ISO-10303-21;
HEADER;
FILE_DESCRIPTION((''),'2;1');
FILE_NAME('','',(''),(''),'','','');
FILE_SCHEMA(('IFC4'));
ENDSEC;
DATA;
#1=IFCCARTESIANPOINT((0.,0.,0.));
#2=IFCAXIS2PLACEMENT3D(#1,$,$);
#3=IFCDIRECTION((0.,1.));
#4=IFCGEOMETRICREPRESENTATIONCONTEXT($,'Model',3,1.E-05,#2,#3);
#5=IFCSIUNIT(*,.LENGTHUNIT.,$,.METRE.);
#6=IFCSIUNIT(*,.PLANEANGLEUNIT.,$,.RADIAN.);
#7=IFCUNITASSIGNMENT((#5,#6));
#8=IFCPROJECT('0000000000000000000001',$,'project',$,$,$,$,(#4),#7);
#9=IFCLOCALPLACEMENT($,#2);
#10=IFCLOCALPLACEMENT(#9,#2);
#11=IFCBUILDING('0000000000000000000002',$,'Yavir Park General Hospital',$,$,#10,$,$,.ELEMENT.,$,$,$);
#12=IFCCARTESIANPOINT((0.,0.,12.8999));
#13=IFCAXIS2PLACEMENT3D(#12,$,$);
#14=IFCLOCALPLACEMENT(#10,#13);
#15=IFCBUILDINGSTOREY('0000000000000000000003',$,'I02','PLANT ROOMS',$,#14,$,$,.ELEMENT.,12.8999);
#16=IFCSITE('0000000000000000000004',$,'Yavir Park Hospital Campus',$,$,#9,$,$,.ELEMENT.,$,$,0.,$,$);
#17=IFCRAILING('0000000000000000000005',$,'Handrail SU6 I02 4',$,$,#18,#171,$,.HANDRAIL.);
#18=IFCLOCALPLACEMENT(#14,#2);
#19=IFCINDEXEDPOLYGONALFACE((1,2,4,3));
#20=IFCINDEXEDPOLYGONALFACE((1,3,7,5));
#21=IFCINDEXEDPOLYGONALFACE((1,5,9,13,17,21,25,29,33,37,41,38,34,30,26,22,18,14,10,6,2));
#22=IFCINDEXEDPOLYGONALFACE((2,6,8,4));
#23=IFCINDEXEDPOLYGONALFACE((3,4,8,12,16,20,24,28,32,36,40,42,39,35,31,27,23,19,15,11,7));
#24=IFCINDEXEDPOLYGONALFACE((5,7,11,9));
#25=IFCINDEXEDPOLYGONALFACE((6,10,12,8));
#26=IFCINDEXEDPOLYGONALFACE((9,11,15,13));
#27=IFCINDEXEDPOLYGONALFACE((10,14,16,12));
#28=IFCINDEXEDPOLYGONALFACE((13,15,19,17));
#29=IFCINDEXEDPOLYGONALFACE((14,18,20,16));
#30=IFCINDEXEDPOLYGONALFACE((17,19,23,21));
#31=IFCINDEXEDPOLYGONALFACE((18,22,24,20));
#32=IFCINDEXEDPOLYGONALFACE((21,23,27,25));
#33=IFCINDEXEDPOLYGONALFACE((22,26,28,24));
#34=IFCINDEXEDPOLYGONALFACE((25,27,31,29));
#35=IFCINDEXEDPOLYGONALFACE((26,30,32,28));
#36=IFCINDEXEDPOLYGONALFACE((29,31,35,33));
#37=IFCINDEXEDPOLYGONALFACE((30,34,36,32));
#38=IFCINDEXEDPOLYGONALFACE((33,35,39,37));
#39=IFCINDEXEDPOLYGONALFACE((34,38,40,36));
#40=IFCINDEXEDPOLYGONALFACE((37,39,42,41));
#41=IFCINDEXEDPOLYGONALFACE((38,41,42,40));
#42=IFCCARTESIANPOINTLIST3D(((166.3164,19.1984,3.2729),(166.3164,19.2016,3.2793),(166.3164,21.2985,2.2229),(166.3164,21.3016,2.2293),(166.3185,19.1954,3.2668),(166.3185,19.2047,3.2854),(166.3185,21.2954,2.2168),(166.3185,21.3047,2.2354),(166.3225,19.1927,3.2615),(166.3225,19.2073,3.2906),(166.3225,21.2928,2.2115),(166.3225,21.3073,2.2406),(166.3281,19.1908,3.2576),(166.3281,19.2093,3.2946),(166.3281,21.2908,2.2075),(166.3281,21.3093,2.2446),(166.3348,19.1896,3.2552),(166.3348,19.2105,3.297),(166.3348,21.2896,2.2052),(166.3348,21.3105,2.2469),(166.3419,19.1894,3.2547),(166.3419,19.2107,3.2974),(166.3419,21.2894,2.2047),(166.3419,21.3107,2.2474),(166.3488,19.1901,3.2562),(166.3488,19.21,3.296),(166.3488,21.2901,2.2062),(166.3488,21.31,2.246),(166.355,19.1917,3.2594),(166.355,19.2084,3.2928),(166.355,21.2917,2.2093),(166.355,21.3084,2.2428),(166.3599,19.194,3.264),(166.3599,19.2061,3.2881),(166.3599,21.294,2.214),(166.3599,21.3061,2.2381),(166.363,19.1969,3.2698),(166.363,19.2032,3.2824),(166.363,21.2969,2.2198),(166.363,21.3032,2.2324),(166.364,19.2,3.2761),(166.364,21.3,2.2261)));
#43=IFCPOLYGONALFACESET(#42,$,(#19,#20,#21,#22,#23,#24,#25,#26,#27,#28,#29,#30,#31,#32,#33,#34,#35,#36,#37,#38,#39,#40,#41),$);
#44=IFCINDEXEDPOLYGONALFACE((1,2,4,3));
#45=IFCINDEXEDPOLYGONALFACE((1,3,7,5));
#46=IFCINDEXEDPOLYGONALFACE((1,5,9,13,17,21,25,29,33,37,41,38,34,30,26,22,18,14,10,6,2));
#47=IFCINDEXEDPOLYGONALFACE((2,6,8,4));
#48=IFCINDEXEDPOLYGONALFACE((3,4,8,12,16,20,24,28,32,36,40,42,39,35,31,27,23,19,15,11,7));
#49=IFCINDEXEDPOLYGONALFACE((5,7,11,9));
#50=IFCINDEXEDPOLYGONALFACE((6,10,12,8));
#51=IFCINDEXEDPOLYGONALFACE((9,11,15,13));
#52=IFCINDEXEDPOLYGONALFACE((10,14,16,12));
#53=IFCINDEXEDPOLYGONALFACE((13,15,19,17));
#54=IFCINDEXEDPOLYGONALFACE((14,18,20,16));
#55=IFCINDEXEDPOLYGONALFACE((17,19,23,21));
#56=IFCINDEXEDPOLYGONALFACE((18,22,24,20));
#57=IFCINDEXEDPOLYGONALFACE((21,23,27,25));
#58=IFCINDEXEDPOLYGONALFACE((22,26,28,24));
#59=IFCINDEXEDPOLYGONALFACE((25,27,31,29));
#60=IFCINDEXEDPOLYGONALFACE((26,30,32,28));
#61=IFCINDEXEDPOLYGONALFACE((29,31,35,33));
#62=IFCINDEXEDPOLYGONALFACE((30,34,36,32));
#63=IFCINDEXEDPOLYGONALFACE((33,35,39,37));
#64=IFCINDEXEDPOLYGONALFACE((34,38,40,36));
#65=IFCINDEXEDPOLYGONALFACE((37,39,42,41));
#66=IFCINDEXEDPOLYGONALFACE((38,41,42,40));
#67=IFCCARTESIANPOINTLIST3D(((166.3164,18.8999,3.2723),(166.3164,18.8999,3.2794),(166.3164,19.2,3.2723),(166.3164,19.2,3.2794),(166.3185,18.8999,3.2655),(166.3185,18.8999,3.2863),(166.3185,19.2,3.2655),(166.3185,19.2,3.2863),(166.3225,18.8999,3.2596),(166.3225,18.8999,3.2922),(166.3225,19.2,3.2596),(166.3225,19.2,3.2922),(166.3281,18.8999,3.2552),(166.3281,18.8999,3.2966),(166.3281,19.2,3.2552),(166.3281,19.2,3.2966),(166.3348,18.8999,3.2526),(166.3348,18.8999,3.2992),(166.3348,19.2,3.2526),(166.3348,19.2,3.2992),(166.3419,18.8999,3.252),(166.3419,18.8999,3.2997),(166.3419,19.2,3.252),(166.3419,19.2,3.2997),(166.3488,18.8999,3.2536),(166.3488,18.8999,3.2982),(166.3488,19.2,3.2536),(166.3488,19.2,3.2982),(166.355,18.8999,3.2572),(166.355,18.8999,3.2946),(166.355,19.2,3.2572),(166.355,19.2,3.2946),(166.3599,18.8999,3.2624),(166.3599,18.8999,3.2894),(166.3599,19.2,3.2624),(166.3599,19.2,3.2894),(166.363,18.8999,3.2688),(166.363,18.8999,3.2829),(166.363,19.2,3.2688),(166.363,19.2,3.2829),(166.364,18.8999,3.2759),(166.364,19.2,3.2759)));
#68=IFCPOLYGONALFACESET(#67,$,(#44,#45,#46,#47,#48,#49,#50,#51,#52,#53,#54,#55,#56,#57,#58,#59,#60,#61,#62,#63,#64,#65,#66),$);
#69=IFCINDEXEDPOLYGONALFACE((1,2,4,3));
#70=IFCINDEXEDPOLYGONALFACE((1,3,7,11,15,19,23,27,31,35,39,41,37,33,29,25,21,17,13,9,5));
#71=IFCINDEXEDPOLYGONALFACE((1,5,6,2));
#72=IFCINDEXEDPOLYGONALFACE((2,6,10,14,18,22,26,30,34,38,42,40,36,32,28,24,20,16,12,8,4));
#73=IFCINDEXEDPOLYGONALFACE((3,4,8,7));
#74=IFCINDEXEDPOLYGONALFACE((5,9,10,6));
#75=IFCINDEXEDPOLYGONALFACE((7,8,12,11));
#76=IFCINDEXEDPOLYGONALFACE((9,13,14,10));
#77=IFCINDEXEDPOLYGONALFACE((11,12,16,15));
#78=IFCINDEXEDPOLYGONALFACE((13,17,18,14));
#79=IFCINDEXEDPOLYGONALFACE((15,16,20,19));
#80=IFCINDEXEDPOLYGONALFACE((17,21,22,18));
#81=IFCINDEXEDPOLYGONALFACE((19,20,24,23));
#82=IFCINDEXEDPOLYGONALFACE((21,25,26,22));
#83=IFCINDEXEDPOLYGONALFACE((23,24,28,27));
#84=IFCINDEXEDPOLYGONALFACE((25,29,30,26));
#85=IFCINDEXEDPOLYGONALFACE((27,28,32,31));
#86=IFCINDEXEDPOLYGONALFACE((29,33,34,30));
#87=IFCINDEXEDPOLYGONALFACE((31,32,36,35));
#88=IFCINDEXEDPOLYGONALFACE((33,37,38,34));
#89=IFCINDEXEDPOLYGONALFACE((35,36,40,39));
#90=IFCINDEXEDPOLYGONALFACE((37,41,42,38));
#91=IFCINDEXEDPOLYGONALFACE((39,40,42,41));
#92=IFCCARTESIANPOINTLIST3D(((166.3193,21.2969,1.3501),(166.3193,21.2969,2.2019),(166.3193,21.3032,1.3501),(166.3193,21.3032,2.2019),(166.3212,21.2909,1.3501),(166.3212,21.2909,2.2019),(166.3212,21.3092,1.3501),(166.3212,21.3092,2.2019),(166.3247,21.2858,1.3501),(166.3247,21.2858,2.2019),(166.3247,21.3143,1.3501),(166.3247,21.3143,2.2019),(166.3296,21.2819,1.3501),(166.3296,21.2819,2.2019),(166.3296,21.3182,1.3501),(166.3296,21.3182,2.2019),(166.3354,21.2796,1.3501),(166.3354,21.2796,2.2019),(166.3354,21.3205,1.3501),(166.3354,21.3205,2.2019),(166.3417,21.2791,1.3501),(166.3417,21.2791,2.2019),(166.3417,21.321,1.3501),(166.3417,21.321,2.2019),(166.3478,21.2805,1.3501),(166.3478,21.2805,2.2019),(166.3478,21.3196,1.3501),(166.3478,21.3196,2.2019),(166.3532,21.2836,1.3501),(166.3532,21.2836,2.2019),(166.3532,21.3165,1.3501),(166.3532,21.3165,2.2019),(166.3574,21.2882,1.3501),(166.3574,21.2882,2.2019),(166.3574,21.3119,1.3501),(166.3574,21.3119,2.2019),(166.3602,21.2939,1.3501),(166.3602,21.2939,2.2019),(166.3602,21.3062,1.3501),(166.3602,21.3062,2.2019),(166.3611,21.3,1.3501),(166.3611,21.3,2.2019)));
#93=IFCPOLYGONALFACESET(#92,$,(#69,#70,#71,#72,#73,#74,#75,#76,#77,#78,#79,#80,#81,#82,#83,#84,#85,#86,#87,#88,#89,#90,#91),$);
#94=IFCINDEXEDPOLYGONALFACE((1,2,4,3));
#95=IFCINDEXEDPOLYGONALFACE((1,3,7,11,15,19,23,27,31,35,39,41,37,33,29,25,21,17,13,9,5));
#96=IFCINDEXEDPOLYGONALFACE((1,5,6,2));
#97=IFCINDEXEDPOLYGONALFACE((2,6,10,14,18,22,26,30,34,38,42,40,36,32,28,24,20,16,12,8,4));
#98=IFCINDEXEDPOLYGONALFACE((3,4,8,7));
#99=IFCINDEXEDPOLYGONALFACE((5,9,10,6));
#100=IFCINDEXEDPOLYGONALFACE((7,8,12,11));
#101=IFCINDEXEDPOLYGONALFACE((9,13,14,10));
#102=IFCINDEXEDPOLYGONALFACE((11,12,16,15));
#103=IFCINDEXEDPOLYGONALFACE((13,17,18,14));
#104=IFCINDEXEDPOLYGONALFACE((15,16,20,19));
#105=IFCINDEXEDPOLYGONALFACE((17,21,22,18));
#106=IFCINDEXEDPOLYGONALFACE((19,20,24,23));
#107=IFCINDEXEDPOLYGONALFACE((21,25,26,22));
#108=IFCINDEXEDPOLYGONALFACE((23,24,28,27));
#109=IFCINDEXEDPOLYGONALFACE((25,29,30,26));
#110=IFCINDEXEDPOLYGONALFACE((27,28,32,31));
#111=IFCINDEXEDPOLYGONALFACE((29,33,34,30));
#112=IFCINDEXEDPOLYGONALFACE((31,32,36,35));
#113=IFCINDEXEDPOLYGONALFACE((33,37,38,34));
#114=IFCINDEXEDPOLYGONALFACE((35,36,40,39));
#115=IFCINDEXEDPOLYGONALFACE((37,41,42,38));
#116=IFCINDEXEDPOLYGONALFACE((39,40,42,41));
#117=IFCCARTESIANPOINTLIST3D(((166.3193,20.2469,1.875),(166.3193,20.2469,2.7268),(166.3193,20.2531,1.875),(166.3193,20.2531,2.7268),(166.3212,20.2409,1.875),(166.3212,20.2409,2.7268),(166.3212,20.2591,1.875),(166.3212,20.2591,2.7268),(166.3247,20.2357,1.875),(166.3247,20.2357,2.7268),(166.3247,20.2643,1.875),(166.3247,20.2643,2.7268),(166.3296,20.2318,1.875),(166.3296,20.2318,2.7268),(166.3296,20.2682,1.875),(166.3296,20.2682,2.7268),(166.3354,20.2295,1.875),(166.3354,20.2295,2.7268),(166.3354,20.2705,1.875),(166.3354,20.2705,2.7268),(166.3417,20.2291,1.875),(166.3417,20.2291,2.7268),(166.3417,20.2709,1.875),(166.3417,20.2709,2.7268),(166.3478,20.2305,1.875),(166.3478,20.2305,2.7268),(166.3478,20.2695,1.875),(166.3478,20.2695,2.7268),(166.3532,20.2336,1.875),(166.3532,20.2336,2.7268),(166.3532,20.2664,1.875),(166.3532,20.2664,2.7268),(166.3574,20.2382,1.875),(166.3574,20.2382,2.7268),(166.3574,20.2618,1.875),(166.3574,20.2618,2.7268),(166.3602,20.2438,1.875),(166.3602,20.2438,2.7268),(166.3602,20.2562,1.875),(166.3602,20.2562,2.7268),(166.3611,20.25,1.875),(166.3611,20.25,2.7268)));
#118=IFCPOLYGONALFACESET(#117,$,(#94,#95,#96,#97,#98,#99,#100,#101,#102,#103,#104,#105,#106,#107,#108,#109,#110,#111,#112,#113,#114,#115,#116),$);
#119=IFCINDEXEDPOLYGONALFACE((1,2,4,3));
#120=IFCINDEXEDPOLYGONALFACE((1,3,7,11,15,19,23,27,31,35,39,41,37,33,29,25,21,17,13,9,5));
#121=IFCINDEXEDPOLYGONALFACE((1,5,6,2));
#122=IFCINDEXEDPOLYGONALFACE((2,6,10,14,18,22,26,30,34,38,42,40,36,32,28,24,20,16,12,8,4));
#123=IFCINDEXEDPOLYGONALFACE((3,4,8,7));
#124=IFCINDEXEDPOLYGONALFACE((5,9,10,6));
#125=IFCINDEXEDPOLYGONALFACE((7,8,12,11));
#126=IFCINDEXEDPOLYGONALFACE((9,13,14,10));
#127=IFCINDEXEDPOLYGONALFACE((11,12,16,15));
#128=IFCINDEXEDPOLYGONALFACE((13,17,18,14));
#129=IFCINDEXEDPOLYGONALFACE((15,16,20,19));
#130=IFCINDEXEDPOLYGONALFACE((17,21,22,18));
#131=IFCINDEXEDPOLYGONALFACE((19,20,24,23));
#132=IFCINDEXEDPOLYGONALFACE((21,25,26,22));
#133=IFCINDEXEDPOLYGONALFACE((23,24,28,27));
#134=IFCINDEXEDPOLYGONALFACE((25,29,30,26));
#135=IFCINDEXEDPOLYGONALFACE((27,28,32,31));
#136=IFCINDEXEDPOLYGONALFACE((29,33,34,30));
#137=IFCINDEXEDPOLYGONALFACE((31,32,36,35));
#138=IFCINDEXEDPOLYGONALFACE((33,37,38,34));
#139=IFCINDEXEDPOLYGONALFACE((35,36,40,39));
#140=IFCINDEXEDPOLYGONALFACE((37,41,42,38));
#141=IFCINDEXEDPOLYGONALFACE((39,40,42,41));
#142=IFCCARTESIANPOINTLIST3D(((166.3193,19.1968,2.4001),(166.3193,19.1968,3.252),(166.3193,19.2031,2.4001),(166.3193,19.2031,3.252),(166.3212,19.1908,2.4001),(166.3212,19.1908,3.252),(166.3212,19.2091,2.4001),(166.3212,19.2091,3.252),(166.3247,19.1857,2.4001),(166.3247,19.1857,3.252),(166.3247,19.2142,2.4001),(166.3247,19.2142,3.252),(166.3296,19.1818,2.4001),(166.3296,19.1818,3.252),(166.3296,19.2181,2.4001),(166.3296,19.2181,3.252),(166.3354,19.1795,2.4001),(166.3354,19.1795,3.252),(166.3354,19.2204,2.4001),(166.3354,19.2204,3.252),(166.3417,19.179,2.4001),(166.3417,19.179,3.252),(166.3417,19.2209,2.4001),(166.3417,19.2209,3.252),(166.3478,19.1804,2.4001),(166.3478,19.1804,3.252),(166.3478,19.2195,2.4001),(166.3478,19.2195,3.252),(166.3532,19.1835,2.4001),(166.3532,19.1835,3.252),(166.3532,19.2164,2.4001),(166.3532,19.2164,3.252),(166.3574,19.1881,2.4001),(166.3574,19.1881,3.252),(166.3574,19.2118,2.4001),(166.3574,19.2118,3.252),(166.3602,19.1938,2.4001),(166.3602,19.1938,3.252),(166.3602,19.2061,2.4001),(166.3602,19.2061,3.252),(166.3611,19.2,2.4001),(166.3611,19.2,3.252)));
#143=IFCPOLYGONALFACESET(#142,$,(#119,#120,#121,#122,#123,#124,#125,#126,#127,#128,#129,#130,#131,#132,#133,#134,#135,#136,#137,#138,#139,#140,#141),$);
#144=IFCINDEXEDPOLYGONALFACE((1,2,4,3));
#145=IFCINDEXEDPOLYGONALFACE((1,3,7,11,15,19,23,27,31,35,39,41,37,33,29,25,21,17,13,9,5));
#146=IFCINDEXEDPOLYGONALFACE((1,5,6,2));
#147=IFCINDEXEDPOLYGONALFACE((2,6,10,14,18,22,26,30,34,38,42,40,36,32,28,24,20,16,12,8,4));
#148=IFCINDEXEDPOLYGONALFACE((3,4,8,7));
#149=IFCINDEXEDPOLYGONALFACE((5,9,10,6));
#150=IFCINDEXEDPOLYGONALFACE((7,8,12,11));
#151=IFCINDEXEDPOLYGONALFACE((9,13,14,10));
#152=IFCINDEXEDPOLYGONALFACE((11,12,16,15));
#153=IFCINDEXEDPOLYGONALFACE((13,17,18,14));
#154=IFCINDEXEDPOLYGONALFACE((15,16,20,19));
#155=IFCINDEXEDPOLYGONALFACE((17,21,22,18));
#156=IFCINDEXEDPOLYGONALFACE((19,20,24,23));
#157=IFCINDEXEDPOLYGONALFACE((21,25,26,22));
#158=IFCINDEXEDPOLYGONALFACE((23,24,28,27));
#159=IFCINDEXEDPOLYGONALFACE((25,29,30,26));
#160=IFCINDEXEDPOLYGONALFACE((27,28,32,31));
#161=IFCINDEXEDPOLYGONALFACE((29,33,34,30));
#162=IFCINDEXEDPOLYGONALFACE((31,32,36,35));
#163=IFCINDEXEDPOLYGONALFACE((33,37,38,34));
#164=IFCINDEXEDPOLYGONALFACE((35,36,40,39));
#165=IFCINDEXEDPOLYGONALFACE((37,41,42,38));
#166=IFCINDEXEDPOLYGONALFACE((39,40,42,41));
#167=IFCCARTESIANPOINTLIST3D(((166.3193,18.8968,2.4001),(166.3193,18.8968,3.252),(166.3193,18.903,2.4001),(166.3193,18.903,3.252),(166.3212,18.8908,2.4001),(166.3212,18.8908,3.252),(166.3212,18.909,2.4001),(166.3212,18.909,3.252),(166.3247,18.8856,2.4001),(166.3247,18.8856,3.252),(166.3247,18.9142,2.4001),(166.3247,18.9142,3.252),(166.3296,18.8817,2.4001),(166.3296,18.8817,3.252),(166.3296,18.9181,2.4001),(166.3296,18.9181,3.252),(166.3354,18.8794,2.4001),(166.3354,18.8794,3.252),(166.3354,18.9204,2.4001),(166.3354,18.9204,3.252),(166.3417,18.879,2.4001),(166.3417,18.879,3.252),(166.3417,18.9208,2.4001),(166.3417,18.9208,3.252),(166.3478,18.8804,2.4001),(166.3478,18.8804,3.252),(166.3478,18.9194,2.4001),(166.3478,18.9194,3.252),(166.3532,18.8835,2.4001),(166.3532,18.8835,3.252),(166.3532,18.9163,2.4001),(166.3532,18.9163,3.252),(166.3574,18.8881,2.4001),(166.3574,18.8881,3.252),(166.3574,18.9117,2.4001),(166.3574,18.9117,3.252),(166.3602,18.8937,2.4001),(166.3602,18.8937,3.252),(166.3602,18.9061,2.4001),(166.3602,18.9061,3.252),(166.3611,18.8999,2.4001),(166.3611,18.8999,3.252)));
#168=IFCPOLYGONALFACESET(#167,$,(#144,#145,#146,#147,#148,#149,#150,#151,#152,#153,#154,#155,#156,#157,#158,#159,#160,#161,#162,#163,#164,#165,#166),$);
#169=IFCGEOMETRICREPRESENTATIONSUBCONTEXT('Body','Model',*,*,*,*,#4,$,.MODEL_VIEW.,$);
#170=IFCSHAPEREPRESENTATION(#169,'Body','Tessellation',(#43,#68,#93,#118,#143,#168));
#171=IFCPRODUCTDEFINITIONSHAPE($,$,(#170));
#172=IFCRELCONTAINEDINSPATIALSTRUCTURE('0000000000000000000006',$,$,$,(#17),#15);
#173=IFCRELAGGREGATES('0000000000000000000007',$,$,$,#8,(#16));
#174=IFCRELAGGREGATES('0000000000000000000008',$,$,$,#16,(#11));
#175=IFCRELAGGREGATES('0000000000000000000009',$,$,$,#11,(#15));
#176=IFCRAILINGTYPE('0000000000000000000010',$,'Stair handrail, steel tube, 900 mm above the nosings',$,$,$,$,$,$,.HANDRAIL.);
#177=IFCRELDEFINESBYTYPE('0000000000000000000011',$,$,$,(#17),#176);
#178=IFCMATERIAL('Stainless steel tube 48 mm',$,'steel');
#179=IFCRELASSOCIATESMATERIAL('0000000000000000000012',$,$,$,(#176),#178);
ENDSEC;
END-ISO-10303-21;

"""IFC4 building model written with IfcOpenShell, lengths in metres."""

from ifc_helpers import new_model, si_unit, direction, frame, origin, origin_2d, place, context, subcontext, project, spatial, circle, extrude, material, type_object, element, save


model = new_model("IFC4")

# Units and contexts
model_context = context("Model", 3, precision=1e-05, world=origin(), true_north=direction((0.0, 1.0)))
body_context = subcontext(model_context, "Body", "Model", "MODEL_VIEW")
ifc_project = project(units=[si_unit("LENGTHUNIT", "METRE"), si_unit("PLANEANGLEUNIT", "RADIAN")], contexts=[model_context])

# Site, building, storey
site_placement = place(None, origin())
site = spatial("IfcSite", under=ifc_project, at=site_placement, Name="Yavir Park Hospital Campus", CompositionType="ELEMENT", RefElevation=0.0)
building_placement = place(site_placement, origin())
building = spatial("IfcBuilding", under=site, at=building_placement, Name="Yavir Park General Hospital", CompositionType="ELEMENT")
storey_placement = place(building_placement, frame((0.0, 0.0, 12.8999)))
storey = spatial("IfcBuildingStorey", under=building, at=storey_placement, Name="I02", Description="PLANT ROOMS", CompositionType="ELEMENT", Elevation=12.8999)

# Railing
ifc_material_1 = material(Name="Stainless steel tube 48 mm", Category="steel")
railing_type = type_object("IfcRailingType", Name="Stair handrail, steel tube, 900 mm above the nosings", PredefinedType="HANDRAIL", material=ifc_material_1)
for number, where, name in (
    (1, (166.3401, 21.3, 1.3501), "Handrail SU6 I02 4"),
):
    element("IfcRailing", number, at=place(storey_placement, frame(where)), inside=storey, type_object=railing_type, Name=name, PredefinedType="HANDRAIL", context=body_context, shape_type="SweptSolid", body=[
        extrude(circle(Radius=0.0239, at=origin_2d()), frame((0.0, 0.0, 0.876), z_axis=(0.0, -0.894427, 0.447214), x_axis=(1.0, 0.0, 0.0)), (0.0, 0.0, 1.0), 2.3479),
        extrude(circle(Radius=0.0239, at=origin_2d()), frame((0.0, -2.1001, 1.9258), z_axis=(0.0, -1.0, 0.0), x_axis=(1.0, 0.0, 0.0)), (0.0, 0.0, 1.0), 0.3),
        extrude(circle(Radius=0.021, at=origin_2d()), origin(), (0.0, 0.0, 1.0), 0.8518),
        extrude(circle(Radius=0.021, at=origin_2d()), frame((0.0, -1.05, 0.5249)), (0.0, 0.0, 1.0), 0.8518),
        extrude(circle(Radius=0.021, at=origin_2d()), frame((0.0, -2.1001, 1.05)), (0.0, 0.0, 1.0), 0.8518),
        extrude(circle(Radius=0.021, at=origin_2d()), frame((0.0, -2.4001, 1.05)), (0.0, 0.0, 1.0), 0.8518),
    ])

save(model, "model.ifc")
